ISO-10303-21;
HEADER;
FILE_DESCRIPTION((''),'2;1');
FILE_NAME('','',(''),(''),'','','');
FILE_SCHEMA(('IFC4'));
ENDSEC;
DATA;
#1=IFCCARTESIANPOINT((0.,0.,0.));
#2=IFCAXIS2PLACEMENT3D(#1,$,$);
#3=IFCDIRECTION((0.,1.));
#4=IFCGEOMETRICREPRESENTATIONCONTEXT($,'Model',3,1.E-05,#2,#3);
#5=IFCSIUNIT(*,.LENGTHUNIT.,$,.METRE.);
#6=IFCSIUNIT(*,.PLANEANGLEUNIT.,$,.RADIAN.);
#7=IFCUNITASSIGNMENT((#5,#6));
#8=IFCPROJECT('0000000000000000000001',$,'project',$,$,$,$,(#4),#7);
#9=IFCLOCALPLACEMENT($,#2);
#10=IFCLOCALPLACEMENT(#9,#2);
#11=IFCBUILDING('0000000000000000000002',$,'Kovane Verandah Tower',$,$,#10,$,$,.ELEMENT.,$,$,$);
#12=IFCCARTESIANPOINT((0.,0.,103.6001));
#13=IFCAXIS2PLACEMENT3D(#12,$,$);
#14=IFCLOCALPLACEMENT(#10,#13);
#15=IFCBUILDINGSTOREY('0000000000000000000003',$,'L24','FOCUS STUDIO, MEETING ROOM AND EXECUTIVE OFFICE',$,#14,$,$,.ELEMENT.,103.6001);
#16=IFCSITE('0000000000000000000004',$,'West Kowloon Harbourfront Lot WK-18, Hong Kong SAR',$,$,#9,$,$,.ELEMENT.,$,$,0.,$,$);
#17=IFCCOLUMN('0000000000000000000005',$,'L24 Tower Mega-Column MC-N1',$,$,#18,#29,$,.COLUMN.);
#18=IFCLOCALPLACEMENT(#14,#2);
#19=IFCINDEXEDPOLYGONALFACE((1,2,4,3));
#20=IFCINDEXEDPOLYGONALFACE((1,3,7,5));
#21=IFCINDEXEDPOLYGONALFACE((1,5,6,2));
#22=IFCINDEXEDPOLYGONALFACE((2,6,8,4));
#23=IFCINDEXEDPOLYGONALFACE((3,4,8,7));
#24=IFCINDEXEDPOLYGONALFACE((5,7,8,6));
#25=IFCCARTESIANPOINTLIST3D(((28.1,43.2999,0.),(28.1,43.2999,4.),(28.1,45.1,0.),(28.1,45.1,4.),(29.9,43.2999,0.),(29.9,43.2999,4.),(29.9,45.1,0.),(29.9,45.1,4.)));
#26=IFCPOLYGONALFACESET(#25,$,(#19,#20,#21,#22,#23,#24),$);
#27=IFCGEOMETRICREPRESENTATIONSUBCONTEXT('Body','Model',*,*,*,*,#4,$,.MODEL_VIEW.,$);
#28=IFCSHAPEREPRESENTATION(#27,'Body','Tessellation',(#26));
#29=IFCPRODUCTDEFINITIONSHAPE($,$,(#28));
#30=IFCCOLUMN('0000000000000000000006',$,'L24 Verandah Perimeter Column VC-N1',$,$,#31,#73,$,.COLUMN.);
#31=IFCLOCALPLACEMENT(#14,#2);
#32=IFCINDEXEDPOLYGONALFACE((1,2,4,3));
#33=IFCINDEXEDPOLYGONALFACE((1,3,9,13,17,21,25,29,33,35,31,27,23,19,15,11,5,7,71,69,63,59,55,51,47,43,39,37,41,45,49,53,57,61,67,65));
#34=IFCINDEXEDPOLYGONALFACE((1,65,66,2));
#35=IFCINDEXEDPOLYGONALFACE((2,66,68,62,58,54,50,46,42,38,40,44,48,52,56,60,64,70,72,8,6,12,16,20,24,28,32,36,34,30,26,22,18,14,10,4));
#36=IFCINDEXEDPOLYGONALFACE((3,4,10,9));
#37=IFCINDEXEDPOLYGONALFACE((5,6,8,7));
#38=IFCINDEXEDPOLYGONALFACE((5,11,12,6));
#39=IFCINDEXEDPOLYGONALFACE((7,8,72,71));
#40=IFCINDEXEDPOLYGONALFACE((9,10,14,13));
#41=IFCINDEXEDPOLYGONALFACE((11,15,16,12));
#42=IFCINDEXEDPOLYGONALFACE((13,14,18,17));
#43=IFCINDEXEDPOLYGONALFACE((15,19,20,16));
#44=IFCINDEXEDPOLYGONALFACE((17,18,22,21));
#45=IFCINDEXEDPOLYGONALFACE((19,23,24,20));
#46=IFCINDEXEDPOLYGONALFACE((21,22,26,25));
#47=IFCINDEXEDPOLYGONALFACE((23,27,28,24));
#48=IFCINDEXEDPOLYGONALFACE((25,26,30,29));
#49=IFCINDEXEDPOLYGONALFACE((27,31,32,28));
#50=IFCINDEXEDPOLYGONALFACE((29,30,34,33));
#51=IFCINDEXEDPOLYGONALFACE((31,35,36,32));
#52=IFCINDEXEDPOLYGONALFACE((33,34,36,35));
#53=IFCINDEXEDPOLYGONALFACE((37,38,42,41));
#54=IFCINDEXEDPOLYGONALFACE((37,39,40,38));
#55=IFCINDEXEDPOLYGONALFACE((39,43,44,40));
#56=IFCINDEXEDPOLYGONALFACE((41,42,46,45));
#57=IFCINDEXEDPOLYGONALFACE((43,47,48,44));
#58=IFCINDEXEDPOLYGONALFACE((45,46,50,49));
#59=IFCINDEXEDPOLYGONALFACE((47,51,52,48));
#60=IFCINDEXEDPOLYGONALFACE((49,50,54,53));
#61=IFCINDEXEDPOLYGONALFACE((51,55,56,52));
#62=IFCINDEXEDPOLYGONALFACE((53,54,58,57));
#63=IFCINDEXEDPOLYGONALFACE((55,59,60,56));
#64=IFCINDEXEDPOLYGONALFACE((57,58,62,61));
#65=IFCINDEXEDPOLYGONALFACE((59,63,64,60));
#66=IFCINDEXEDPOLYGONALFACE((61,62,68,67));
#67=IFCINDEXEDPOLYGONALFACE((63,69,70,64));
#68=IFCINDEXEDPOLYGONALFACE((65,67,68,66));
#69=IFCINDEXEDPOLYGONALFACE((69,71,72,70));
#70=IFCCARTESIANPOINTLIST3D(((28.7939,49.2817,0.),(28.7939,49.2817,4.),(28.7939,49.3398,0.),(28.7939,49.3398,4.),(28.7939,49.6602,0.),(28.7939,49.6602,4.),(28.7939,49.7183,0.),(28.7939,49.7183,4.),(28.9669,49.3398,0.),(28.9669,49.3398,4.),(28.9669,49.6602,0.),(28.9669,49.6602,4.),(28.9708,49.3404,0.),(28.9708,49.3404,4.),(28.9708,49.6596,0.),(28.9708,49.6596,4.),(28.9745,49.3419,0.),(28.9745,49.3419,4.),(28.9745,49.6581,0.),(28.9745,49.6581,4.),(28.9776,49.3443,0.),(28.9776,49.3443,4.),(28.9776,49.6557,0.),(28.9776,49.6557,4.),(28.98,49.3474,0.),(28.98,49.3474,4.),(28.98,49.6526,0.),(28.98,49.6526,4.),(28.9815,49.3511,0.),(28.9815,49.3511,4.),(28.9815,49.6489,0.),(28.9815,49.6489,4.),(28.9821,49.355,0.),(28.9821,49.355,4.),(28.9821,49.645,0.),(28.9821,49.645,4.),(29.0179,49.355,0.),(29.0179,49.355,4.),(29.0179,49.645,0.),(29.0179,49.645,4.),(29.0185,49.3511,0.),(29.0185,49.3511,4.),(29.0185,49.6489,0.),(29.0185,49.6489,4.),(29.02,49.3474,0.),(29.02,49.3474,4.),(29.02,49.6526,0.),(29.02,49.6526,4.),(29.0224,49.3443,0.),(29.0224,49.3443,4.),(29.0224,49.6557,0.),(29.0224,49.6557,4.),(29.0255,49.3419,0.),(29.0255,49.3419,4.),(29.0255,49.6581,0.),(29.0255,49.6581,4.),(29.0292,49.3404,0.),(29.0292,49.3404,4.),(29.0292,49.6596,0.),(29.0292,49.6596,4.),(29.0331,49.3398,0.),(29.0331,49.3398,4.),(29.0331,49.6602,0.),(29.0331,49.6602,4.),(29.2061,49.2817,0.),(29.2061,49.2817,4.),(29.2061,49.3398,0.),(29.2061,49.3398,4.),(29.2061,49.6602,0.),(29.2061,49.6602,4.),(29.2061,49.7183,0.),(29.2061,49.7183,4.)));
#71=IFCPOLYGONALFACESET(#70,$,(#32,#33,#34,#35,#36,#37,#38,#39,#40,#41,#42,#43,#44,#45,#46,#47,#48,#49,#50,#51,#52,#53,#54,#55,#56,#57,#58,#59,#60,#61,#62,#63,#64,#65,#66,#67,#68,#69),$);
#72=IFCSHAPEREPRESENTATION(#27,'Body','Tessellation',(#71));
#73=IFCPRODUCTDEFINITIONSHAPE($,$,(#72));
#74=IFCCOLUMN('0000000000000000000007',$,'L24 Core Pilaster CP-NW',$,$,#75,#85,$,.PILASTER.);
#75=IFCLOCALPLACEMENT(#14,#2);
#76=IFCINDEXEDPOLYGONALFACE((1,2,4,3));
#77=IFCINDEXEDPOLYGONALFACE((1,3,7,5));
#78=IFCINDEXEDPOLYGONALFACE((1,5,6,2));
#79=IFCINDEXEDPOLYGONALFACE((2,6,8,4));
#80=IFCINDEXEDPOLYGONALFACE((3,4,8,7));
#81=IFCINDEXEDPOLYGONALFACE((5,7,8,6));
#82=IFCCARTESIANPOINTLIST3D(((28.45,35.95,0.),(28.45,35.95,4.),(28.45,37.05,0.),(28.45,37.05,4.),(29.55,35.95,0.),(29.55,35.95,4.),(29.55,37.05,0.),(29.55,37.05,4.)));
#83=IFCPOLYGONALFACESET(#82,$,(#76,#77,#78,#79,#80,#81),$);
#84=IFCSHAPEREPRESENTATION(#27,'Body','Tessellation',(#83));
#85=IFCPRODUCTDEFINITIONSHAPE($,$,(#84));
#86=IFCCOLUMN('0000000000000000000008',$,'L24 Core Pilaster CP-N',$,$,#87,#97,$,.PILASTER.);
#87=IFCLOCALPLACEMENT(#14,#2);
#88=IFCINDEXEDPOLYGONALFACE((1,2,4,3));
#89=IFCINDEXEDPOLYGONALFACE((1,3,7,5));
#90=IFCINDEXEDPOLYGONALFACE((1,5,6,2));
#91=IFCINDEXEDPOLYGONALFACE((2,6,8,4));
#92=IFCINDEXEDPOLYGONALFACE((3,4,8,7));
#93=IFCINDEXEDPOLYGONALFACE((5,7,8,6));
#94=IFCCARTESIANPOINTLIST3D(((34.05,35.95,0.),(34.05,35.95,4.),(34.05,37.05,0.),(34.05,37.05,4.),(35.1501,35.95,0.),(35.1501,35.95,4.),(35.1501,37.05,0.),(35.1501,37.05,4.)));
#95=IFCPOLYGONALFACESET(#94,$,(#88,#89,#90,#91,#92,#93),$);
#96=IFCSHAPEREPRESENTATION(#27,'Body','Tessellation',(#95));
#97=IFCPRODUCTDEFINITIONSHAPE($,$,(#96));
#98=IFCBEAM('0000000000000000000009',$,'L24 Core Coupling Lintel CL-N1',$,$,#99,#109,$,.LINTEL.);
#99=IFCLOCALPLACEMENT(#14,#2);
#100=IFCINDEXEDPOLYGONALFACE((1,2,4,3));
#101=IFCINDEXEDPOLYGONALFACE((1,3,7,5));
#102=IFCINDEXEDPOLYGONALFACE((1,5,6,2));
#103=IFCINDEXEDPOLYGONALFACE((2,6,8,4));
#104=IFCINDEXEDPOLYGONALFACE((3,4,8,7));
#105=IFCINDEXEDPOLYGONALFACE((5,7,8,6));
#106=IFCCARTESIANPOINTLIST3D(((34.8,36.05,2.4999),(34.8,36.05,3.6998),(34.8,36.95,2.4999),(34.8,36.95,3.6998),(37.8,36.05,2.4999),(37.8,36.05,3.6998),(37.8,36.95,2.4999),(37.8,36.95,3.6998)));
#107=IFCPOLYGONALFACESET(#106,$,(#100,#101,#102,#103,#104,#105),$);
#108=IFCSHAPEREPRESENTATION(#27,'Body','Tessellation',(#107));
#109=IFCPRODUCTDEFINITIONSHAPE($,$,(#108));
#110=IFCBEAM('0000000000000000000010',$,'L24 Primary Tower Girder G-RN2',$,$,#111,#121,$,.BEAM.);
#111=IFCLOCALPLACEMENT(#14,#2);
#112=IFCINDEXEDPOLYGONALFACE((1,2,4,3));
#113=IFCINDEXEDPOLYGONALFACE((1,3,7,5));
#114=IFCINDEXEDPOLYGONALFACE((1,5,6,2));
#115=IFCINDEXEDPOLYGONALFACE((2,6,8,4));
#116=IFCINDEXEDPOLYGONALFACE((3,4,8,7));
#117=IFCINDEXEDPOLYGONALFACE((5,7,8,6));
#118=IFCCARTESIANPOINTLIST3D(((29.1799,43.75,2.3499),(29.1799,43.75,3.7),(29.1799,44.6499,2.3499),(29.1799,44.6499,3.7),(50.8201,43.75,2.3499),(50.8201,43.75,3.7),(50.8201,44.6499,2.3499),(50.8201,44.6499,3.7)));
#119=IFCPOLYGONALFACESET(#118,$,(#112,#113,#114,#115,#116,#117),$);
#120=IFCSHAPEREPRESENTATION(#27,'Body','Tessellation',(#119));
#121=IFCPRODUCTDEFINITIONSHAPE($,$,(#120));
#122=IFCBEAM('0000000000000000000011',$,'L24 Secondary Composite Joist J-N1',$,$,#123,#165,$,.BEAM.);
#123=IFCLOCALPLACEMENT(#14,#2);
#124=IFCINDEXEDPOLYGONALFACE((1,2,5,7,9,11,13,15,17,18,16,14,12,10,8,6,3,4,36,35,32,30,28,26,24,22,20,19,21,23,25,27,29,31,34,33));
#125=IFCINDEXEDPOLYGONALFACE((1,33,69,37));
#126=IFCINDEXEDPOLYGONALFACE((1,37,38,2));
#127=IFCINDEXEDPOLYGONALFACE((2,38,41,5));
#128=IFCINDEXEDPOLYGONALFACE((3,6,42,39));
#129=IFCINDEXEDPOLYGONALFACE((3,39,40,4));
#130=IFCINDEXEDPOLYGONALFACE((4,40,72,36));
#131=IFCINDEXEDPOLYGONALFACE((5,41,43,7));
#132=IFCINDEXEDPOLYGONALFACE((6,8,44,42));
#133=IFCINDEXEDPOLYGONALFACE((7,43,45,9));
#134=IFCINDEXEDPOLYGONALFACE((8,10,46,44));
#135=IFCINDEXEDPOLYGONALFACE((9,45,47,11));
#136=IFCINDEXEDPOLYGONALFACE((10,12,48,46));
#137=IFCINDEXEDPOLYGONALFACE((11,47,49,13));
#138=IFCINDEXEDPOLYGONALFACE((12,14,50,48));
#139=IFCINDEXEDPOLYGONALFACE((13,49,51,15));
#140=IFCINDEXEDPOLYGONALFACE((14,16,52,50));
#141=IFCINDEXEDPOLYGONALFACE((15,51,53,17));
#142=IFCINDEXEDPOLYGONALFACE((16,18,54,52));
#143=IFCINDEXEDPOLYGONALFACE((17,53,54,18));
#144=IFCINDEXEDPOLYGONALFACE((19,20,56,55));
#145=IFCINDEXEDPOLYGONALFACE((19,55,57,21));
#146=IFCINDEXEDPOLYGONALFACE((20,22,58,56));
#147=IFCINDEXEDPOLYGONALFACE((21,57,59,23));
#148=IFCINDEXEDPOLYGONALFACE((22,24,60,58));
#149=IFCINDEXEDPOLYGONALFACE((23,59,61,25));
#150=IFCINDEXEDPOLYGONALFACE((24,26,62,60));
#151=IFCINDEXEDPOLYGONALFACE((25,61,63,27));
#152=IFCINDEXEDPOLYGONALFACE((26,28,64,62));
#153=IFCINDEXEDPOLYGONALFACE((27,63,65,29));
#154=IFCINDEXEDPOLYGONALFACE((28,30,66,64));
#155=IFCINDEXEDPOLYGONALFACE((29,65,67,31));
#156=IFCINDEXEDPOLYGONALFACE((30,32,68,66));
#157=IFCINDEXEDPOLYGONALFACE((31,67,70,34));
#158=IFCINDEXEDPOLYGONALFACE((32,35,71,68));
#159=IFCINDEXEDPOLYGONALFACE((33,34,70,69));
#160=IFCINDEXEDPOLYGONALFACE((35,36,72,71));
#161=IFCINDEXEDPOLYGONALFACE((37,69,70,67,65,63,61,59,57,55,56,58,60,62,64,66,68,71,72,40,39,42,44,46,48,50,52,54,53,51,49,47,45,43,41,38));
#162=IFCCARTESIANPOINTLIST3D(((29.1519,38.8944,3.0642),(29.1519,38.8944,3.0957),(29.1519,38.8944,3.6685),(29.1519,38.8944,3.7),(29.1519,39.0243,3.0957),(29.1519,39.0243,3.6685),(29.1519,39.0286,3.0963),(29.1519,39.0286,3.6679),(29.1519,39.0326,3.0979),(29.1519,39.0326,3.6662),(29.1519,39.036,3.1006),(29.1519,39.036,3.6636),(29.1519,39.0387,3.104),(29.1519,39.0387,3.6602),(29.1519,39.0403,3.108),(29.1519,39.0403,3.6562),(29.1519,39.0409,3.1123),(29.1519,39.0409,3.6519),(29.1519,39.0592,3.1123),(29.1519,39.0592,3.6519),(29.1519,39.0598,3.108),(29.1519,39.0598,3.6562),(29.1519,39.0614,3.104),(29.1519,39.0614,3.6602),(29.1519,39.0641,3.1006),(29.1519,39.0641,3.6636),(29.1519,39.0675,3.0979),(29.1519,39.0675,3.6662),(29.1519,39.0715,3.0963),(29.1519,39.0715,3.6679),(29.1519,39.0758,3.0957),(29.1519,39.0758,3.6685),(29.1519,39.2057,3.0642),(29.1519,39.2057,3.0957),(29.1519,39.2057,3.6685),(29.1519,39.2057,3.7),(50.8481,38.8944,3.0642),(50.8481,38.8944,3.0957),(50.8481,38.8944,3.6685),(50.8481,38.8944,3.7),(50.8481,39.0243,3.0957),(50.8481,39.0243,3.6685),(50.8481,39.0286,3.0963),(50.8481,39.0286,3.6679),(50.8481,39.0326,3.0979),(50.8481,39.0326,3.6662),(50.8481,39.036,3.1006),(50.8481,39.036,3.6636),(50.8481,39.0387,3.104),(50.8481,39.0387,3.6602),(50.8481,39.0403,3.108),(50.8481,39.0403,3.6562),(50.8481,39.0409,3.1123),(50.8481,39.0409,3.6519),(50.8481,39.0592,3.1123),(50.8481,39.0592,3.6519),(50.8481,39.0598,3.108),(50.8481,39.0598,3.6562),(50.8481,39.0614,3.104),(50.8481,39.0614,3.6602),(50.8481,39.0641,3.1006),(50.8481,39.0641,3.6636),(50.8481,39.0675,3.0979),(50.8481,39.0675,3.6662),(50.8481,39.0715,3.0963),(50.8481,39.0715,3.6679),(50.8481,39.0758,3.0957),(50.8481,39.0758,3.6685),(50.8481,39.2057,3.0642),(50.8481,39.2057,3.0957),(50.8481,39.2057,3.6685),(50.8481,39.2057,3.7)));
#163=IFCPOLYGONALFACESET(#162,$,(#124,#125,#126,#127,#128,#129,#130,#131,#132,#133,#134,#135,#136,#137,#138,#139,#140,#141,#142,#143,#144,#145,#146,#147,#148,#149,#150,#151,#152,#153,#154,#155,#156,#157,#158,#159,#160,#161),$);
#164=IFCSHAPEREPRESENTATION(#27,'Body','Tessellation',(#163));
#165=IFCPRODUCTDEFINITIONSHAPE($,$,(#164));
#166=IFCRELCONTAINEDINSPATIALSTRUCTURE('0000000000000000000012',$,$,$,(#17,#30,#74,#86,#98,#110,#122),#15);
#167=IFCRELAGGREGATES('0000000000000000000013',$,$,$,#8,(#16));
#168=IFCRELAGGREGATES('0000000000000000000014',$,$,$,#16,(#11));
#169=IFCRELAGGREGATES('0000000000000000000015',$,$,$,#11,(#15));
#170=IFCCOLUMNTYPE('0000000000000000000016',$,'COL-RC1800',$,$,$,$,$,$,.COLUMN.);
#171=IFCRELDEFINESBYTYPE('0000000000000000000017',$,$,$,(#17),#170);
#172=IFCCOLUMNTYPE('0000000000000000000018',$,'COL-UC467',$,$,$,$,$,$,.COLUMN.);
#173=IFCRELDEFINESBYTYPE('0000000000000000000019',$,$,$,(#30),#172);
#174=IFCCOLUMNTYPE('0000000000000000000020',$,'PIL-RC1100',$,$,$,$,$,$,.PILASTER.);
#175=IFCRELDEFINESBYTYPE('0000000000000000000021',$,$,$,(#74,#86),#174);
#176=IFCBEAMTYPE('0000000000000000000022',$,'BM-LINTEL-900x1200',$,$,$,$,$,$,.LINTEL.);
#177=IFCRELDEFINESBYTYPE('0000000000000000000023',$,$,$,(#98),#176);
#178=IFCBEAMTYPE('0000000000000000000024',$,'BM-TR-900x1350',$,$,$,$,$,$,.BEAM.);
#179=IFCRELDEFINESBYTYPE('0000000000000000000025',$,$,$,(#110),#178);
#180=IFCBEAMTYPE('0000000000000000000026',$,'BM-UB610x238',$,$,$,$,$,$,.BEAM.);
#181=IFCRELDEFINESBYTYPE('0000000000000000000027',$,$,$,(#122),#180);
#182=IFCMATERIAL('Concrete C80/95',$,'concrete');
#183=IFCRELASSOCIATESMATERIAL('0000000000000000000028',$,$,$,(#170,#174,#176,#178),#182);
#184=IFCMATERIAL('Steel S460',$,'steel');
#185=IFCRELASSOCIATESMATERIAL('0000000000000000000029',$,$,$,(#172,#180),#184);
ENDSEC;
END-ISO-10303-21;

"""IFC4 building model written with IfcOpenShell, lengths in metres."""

from ifc_helpers import new_model, si_unit, direction, frame, origin, origin_2d, place, context, subcontext, project, spatial, rectangle, i_section, extrude, material, material_profile, profile_set, type_object, element, save


model = new_model("IFC4")

# Units and contexts
model_context = context("Model", 3, precision=1e-05, world=origin(), true_north=direction((0.0, 1.0)))
body_context = subcontext(model_context, "Body", "Model", "MODEL_VIEW")
ifc_project = project(units=[si_unit("LENGTHUNIT", "METRE"), si_unit("PLANEANGLEUNIT", "RADIAN")], contexts=[model_context])

# Site, building, storey
site_placement = place(None, origin())
site = spatial("IfcSite", under=ifc_project, at=site_placement, Name="West Kowloon Harbourfront Lot WK-18, Hong Kong SAR", CompositionType="ELEMENT", RefElevation=0.0)
building_placement = place(site_placement, origin())
building = spatial("IfcBuilding", under=site, at=building_placement, Name="Kovane Verandah Tower", CompositionType="ELEMENT")
storey_placement = place(building_placement, frame((0.0, 0.0, 103.6001)))
storey = spatial("IfcBuildingStorey", under=building, at=storey_placement, Name="L24", Description="FOCUS STUDIO, MEETING ROOM AND EXECUTIVE OFFICE", CompositionType="ELEMENT", Elevation=103.6001)

# Columns
ifc_material_1 = material(Name="Concrete C80/95", Category="concrete")
ifc_material_profile_1 = material_profile(ifc_material_1, rectangle(XDim=1.8, YDim=1.8, at=origin_2d()), Name="RC1800x1800")
ifc_profile_set_1 = profile_set([ifc_material_profile_1], Name="Concrete C80/95")
column_type_1 = type_object("IfcColumnType", Name="COL-RC1800", PredefinedType="COLUMN", material=ifc_profile_set_1)
column_1_placement = place(storey_placement, frame((29.0, 44.2, 0.0), z_axis=(0.0, 0.0, 1.0), x_axis=(1.0, 0.0, 0.0)))
element("IfcColumn", 1, at=column_1_placement, inside=storey, type_object=column_type_1, Name="L24 Tower Mega-Column MC-N1", PredefinedType="COLUMN", context=body_context, shape_type="SweptSolid", body=[
    extrude(rectangle(XDim=1.8, YDim=1.8, at=origin_2d()), origin(), (0.0, 0.0, 1.0), 4.0),
])
ifc_material_2 = material(Name="Steel S460", Category="steel")
ifc_material_profile_2 = material_profile(ifc_material_2, i_section(OverallWidth=0.4121, OverallDepth=0.4365, WebThickness=0.0359, FlangeThickness=0.0581, FilletRadius=0.0151, at=origin_2d()), Name="UC356x406x467")
ifc_profile_set_2 = profile_set([ifc_material_profile_2], Name="Steel S460")
column_type_2 = type_object("IfcColumnType", Name="COL-UC467", PredefinedType="COLUMN", material=ifc_profile_set_2)
column_2_placement = place(storey_placement, frame((29.0, 49.5, 0.0), z_axis=(0.0, 0.0, 1.0), x_axis=(1.0, 0.0, 0.0)))
element("IfcColumn", 2, at=column_2_placement, inside=storey, type_object=column_type_2, Name="L24 Verandah Perimeter Column VC-N1", PredefinedType="COLUMN", context=body_context, shape_type="SweptSolid", body=[
    extrude(i_section(OverallWidth=0.4121, OverallDepth=0.4365, WebThickness=0.0359, FlangeThickness=0.0581, FilletRadius=0.0151, at=origin_2d()), origin(), (0.0, 0.0, 1.0), 4.0),
])
ifc_material_profile_3 = material_profile(ifc_material_1, rectangle(XDim=1.1001, YDim=1.1001, at=origin_2d()), Name="RC1100x1100")
ifc_profile_set_3 = profile_set([ifc_material_profile_3], Name="Concrete C80/95")
column_type_3 = type_object("IfcColumnType", Name="PIL-RC1100", PredefinedType="PILASTER", material=ifc_profile_set_3)
for number, where, z_axis, x_axis, name in (
    (3, (29.0, 36.5, 0.0), (0.0, 0.0, 1.0), (1.0, 0.0, 0.0), "L24 Core Pilaster CP-NW"),
    (4, (34.6001, 36.5, 0.0), (0.0, 0.0, 1.0), (1.0, 0.0, 0.0), "L24 Core Pilaster CP-N"),
):
    element("IfcColumn", number, at=place(storey_placement, frame(where, z_axis=z_axis, x_axis=x_axis)), inside=storey, type_object=column_type_3, Name=name, PredefinedType="PILASTER", context=body_context, shape_type="SweptSolid", body=[
        extrude(rectangle(XDim=1.1001, YDim=1.1001, at=origin_2d()), origin(), (0.0, 0.0, 1.0), 4.0),
    ])

# Beams
ifc_material_profile_4 = material_profile(ifc_material_1, rectangle(XDim=0.8999, YDim=1.2, at=origin_2d()), Name="RCB900x1200")
ifc_profile_set_4 = profile_set([ifc_material_profile_4], Name="Concrete C80/95")
beam_type_1 = type_object("IfcBeamType", Name="BM-LINTEL-900x1200", PredefinedType="LINTEL", material=ifc_profile_set_4)
beam_1_placement = place(storey_placement, frame((34.8, 36.5, 3.0999), z_axis=(1.0, 0.0, 0.0), x_axis=(0.0, 1.0, 0.0)))
element("IfcBeam", 5, at=beam_1_placement, inside=storey, type_object=beam_type_1, Name="L24 Core Coupling Lintel CL-N1", PredefinedType="LINTEL", context=body_context, shape_type="SweptSolid", body=[
    extrude(rectangle(XDim=0.8999, YDim=1.2, at=origin_2d()), origin(), (0.0, 0.0, 1.0), 3.0),
])
ifc_material_profile_5 = material_profile(ifc_material_1, rectangle(XDim=0.8999, YDim=1.3501, at=origin_2d()), Name="RCB900x1350")
ifc_profile_set_5 = profile_set([ifc_material_profile_5], Name="Concrete C80/95")
beam_type_2 = type_object("IfcBeamType", Name="BM-TR-900x1350", PredefinedType="BEAM", material=ifc_profile_set_5)
beam_2_placement = place(storey_placement, frame((29.1799, 44.2, 3.0249), z_axis=(1.0, 0.0, 0.0), x_axis=(0.0, 1.0, 0.0)))
element("IfcBeam", 6, at=beam_2_placement, inside=storey, type_object=beam_type_2, Name="L24 Primary Tower Girder G-RN2", PredefinedType="BEAM", context=body_context, shape_type="SweptSolid", body=[
    extrude(rectangle(XDim=0.8999, YDim=1.3501, at=origin_2d()), origin(), (0.0, 0.0, 1.0), 21.6401),
])
ifc_material_profile_6 = material_profile(ifc_material_2, i_section(OverallWidth=0.3113, OverallDepth=0.6357, WebThickness=0.0183, FlangeThickness=0.0315, FilletRadius=0.0166, at=origin_2d()), Name="UB610x305x238")
ifc_profile_set_6 = profile_set([ifc_material_profile_6], Name="Steel S460")
beam_type_3 = type_object("IfcBeamType", Name="BM-UB610x238", PredefinedType="BEAM", material=ifc_profile_set_6)
for number, where, z_axis, x_axis, name in (
    (7, (29.1519, 39.05, 3.3821), (1.0, 0.0, 0.0), (0.0, 1.0, 0.0), "L24 Secondary Composite Joist J-N1"),
):
    element("IfcBeam", number, at=place(storey_placement, frame(where, z_axis=z_axis, x_axis=x_axis)), inside=storey, type_object=beam_type_3, Name=name, PredefinedType="BEAM", context=body_context, shape_type="SweptSolid", body=[
        extrude(i_section(OverallWidth=0.3113, OverallDepth=0.6357, WebThickness=0.0183, FlangeThickness=0.0315, FilletRadius=0.0166, at=origin_2d()), origin(), (0.0, 0.0, 1.0), 21.6963),
    ])

save(model, "model.ifc")
